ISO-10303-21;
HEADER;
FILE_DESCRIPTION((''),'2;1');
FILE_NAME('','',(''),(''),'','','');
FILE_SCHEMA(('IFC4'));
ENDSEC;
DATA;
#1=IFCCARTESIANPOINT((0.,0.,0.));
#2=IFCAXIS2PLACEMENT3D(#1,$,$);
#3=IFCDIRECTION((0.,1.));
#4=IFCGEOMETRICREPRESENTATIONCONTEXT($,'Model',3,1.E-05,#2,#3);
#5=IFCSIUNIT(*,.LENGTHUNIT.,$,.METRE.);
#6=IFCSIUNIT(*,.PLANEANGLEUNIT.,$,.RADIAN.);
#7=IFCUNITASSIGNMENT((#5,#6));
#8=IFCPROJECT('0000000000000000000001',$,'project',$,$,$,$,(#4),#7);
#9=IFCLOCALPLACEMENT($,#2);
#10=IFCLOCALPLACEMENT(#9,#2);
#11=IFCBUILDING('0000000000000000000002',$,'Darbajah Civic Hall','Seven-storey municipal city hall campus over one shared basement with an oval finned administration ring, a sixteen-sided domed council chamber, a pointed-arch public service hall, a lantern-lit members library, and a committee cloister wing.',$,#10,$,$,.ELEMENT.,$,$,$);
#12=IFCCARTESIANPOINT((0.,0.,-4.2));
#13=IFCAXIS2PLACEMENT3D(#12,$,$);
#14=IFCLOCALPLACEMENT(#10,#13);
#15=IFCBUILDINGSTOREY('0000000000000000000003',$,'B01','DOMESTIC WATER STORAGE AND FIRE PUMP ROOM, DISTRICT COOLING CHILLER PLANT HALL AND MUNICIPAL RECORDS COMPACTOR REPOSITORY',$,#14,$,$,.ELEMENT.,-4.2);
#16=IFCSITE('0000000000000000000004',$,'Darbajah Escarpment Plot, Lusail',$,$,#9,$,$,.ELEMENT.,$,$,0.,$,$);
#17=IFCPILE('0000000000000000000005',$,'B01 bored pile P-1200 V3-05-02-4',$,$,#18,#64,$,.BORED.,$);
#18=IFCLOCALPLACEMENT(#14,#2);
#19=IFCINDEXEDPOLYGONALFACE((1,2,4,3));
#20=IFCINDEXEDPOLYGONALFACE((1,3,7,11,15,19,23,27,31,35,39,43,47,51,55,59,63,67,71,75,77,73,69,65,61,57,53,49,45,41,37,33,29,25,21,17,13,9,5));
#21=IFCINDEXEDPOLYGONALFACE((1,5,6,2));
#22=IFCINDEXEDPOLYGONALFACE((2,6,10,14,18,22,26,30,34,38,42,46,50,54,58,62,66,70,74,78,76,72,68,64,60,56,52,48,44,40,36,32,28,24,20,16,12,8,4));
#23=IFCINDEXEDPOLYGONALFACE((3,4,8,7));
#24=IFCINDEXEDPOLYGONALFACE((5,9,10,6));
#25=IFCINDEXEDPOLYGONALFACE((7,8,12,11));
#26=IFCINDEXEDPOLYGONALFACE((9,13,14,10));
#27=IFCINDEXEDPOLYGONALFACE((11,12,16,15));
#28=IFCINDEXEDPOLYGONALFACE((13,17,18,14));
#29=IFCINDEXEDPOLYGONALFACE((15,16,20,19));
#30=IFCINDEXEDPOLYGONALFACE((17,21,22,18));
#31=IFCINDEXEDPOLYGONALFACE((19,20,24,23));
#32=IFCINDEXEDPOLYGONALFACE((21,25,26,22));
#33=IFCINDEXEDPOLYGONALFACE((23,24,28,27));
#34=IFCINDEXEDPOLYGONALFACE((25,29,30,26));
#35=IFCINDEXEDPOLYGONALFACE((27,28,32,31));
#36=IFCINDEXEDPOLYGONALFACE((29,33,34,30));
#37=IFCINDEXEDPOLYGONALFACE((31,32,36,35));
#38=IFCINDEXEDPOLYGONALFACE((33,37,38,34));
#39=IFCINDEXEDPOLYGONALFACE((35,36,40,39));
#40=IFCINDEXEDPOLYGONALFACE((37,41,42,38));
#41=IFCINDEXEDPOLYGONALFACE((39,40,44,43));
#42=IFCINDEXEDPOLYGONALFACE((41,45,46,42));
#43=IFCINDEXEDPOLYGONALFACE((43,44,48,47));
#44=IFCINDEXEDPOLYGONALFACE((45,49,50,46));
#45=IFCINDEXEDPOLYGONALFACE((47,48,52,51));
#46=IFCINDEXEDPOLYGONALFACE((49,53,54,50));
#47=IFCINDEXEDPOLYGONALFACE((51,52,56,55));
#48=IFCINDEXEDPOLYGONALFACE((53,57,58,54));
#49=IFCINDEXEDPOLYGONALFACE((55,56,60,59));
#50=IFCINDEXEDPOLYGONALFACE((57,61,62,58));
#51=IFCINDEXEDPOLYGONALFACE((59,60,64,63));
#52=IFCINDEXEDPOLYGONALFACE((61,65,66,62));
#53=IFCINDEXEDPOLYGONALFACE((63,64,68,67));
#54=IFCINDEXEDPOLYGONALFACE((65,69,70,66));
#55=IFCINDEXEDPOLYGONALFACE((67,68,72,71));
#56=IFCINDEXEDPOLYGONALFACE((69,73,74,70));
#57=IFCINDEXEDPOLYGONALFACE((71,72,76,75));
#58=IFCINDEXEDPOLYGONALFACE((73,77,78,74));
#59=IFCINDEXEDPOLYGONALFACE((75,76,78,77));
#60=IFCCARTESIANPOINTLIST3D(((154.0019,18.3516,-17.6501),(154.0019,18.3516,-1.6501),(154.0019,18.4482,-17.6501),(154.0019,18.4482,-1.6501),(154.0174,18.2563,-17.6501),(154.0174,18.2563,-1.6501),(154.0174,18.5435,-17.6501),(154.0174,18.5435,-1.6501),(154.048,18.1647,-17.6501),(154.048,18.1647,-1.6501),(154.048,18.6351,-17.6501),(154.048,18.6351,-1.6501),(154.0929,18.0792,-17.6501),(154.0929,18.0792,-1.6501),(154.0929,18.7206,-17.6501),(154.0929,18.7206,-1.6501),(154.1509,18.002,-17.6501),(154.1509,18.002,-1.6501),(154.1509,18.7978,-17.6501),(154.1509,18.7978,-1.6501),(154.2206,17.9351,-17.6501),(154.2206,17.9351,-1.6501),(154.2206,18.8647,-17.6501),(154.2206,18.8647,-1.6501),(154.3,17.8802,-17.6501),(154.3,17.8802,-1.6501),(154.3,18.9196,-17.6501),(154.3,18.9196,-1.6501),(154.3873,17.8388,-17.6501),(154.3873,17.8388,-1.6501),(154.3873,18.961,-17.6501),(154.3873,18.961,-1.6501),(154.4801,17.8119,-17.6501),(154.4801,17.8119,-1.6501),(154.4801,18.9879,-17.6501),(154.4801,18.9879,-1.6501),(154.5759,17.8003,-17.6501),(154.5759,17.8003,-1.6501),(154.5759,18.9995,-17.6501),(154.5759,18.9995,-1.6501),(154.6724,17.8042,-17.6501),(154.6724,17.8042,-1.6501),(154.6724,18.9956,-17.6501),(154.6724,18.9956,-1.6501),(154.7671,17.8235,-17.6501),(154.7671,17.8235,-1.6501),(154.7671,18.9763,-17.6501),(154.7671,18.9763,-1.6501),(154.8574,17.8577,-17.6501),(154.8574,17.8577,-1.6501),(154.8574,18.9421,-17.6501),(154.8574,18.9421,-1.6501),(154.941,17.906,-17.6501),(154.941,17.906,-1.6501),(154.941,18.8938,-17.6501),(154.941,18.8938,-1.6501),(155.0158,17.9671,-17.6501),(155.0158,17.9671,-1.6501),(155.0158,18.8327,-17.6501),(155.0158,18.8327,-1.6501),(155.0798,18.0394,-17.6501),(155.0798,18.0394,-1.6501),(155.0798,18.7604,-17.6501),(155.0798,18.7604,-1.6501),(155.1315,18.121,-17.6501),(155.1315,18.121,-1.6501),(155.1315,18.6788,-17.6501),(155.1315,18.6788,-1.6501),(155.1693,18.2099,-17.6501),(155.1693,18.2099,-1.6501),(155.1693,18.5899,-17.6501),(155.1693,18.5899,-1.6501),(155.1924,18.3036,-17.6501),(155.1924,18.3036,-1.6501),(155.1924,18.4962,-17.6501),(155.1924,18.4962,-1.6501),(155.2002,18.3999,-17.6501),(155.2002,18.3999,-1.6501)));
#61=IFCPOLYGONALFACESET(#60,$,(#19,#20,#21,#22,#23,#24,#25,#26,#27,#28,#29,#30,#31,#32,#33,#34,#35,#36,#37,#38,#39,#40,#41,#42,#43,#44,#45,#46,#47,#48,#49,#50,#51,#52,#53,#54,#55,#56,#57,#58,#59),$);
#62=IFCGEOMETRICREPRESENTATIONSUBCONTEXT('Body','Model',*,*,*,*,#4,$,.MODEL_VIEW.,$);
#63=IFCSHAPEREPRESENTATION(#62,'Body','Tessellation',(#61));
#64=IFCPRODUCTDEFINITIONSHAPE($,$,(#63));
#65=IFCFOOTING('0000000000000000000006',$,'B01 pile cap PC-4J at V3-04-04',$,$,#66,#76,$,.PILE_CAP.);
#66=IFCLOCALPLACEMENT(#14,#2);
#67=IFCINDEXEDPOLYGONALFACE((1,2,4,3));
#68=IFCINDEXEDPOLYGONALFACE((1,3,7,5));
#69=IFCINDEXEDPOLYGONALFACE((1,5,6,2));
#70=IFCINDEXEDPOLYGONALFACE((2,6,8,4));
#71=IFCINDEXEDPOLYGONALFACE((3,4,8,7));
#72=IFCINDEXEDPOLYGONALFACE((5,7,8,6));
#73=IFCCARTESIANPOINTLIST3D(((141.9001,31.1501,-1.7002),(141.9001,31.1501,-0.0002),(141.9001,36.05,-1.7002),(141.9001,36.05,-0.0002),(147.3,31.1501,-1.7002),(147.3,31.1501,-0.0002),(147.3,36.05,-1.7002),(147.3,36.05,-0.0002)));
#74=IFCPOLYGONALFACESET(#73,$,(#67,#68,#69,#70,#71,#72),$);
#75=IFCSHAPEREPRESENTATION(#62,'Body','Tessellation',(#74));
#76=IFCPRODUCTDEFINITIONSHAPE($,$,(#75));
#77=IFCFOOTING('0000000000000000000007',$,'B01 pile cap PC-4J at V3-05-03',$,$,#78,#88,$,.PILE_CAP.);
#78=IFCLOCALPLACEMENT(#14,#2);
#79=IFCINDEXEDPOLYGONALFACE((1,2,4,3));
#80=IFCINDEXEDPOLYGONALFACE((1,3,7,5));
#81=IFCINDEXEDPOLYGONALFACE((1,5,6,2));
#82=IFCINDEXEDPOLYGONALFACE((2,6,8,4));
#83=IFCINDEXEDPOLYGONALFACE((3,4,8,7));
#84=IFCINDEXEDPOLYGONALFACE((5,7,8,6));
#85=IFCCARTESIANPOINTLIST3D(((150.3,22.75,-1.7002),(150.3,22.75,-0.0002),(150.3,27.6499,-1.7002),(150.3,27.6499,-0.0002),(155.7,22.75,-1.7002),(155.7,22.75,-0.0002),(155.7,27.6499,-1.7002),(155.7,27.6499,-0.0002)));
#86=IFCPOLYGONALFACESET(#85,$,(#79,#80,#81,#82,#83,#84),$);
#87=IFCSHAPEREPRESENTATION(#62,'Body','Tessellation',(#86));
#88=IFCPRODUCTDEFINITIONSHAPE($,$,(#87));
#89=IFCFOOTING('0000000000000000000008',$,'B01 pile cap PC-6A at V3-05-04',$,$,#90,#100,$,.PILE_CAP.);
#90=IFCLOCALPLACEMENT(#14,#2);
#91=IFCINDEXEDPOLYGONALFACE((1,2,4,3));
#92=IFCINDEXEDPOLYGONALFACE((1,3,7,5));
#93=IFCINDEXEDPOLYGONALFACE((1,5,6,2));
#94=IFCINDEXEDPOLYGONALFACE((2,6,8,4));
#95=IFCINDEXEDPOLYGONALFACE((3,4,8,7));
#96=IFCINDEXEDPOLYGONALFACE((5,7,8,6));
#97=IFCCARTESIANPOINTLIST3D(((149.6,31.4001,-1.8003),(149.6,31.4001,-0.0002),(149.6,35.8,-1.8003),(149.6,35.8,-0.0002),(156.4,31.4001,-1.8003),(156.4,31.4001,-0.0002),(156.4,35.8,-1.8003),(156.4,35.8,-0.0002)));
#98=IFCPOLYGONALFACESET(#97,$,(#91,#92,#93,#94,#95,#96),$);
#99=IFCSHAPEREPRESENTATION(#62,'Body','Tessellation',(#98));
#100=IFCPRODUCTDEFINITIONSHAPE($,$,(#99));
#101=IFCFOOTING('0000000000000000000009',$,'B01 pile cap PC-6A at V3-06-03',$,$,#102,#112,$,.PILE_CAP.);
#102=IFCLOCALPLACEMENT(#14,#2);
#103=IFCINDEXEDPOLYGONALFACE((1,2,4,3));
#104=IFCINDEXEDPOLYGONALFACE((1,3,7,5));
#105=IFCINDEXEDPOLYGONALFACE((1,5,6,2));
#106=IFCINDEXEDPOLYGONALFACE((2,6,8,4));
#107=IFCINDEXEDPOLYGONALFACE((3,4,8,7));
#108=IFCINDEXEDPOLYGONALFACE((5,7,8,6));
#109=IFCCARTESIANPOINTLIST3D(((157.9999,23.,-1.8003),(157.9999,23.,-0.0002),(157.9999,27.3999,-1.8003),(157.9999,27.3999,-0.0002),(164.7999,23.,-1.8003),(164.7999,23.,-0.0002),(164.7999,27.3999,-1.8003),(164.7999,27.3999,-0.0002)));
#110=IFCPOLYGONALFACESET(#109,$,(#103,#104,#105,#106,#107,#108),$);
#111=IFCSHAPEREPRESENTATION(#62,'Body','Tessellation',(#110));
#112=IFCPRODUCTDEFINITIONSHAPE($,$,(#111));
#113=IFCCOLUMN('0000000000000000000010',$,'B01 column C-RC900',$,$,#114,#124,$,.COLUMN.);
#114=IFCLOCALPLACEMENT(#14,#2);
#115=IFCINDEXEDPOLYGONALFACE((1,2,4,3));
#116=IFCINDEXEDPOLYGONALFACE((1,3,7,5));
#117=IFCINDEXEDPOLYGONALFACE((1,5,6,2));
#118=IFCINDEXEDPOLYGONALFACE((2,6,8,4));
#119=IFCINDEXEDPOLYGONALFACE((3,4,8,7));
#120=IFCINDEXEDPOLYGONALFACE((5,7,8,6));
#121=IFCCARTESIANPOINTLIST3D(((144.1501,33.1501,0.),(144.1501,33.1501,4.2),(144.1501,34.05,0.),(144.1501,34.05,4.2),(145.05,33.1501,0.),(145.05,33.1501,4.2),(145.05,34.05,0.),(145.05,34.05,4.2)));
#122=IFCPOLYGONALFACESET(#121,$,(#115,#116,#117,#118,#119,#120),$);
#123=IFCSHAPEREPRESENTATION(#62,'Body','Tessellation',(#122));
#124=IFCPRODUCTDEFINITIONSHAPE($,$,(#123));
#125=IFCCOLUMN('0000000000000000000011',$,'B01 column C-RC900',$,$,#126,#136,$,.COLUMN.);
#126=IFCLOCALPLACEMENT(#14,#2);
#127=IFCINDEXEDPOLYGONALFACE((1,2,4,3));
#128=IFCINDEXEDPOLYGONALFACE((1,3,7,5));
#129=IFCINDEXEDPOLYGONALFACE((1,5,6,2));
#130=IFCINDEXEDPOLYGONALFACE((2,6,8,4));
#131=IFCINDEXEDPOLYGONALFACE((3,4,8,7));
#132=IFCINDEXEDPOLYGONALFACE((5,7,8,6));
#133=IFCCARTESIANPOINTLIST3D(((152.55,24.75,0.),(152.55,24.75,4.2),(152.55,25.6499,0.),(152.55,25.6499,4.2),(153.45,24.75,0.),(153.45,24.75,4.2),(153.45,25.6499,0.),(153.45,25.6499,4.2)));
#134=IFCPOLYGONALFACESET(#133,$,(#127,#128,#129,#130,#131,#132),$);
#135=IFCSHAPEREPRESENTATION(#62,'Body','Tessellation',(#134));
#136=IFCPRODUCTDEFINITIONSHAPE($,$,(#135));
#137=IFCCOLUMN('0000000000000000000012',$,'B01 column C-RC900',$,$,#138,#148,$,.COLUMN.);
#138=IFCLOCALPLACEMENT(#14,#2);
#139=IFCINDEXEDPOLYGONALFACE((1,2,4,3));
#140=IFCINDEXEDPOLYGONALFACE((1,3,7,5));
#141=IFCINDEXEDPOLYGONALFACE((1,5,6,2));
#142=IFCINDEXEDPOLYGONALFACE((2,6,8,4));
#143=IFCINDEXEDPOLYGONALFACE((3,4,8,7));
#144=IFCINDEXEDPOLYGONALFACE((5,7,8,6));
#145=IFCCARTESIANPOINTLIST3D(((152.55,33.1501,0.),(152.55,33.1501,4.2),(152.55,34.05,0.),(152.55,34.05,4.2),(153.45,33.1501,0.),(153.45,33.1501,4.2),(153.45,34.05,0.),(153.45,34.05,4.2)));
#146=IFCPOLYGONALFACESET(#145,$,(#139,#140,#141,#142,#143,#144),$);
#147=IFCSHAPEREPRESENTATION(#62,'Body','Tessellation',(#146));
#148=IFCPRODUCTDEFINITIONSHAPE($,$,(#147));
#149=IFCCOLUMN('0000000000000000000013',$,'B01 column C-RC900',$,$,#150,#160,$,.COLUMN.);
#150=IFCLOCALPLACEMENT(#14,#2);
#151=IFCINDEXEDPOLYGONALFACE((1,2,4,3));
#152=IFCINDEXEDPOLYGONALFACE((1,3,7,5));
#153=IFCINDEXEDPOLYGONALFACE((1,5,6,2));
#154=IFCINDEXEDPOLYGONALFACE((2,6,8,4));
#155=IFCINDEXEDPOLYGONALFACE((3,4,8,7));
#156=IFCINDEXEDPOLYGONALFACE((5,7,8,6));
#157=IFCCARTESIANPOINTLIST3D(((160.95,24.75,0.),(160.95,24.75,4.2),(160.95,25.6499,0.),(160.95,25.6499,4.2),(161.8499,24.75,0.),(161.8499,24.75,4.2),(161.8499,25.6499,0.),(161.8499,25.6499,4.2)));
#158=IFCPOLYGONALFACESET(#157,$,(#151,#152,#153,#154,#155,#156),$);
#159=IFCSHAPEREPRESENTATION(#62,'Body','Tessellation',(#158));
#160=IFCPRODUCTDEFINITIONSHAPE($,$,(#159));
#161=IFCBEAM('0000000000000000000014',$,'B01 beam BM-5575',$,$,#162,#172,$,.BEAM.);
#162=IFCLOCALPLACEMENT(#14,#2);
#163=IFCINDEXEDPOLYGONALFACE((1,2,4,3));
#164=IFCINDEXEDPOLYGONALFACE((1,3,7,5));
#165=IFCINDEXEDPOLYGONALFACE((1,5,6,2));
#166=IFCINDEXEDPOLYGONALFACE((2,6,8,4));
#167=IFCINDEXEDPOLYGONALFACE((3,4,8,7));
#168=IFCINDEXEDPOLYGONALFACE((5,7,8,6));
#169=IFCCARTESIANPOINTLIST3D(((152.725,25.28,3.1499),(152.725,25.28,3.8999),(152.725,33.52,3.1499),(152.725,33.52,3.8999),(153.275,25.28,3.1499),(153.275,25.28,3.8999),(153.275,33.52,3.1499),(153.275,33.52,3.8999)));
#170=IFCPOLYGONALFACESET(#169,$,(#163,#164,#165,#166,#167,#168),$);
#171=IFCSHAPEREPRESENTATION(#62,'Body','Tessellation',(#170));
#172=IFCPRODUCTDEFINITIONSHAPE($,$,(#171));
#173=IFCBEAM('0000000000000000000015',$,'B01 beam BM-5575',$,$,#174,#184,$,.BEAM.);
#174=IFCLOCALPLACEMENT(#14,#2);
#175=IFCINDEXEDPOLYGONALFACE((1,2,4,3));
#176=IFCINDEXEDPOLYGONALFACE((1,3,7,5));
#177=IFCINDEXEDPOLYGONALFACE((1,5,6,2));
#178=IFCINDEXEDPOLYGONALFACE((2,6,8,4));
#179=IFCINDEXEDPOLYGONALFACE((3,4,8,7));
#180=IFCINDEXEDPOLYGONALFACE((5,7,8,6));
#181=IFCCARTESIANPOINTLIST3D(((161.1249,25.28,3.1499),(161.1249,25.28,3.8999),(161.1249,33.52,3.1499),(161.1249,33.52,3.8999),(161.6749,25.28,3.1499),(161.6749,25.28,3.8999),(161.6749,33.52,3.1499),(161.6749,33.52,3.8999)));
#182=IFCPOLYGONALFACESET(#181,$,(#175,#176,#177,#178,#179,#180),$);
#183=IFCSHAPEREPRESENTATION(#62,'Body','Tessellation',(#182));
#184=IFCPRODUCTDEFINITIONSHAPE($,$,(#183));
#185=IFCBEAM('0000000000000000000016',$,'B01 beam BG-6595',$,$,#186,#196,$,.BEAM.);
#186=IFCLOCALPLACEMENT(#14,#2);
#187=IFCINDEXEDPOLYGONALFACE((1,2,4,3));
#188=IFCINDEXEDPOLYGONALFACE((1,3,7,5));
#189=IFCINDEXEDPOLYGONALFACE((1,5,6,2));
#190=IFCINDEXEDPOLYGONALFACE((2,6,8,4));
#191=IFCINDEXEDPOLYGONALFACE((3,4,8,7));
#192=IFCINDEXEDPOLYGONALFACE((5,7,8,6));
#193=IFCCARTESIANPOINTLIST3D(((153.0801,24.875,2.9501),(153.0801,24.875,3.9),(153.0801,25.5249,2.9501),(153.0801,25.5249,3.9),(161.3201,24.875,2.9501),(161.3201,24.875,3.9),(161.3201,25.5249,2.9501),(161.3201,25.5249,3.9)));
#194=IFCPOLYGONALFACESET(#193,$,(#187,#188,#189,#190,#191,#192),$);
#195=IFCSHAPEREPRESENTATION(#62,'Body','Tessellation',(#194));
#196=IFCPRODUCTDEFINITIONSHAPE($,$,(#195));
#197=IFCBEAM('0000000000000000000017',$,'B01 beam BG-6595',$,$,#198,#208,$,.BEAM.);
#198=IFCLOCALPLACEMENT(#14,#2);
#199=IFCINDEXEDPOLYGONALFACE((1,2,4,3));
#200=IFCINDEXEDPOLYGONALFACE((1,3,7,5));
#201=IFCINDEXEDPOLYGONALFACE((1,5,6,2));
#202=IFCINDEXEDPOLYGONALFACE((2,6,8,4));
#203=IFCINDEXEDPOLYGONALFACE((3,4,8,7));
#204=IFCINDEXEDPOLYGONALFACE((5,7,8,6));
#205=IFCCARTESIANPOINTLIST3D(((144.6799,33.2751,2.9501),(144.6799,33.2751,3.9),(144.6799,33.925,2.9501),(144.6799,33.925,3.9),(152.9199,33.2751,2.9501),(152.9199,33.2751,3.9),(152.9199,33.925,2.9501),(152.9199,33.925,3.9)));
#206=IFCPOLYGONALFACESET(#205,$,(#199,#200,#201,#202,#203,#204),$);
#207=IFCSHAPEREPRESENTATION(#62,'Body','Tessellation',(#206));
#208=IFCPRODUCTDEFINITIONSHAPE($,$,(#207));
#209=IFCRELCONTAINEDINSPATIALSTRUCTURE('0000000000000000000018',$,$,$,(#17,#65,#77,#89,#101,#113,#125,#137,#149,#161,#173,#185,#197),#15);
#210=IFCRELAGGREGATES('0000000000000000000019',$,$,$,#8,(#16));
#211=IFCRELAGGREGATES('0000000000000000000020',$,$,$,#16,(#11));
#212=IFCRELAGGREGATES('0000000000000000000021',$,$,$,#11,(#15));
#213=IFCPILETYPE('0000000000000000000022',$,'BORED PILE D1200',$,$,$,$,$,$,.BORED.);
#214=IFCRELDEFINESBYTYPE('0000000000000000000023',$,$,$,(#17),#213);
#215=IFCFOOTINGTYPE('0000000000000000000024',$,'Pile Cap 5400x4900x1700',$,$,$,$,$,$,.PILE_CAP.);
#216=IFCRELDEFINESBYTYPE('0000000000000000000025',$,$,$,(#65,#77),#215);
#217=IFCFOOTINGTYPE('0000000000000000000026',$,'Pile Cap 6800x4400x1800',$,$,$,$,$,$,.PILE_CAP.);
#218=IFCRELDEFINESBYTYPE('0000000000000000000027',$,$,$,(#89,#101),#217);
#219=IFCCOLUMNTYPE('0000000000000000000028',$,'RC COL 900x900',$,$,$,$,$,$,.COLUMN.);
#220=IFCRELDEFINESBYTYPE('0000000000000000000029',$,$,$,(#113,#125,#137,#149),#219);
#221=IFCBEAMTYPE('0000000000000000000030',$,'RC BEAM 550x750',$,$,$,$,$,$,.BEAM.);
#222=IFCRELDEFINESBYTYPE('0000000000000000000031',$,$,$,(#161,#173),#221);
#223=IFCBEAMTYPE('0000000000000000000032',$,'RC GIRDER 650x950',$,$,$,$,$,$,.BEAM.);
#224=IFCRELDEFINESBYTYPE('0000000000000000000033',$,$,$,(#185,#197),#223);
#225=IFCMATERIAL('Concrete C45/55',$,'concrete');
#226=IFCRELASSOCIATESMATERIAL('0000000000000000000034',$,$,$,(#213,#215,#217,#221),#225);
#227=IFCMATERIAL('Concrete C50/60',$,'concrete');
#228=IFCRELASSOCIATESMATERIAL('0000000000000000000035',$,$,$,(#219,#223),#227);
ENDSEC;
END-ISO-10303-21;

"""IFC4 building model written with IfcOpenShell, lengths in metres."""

from ifc_helpers import new_model, si_unit, direction, frame, origin, origin_2d, place, context, subcontext, project, spatial, rectangle, circle, extrude, material, material_profile, profile_set, type_object, element, save


model = new_model("IFC4")

# Units and contexts
model_context = context("Model", 3, precision=1e-05, world=origin(), true_north=direction((0.0, 1.0)))
body_context = subcontext(model_context, "Body", "Model", "MODEL_VIEW")
ifc_project = project(units=[si_unit("LENGTHUNIT", "METRE"), si_unit("PLANEANGLEUNIT", "RADIAN")], contexts=[model_context])

# Site, building, storey
site_placement = place(None, origin())
site = spatial("IfcSite", under=ifc_project, at=site_placement, Name="Darbajah Escarpment Plot, Lusail", CompositionType="ELEMENT", RefElevation=0.0)
building_placement = place(site_placement, origin())
building = spatial("IfcBuilding", under=site, at=building_placement, Name="Darbajah Civic Hall", Description="Seven-storey municipal city hall campus over one shared basement with an oval finned administration ring, a sixteen-sided domed council chamber, a pointed-arch public service hall, a lantern-lit members library, and a committee cloister wing.", CompositionType="ELEMENT")
storey_placement = place(building_placement, frame((0.0, 0.0, -4.2)))
storey = spatial("IfcBuildingStorey", under=building, at=storey_placement, Name="B01", Description="DOMESTIC WATER STORAGE AND FIRE PUMP ROOM, DISTRICT COOLING CHILLER PLANT HALL AND MUNICIPAL RECORDS COMPACTOR REPOSITORY", CompositionType="ELEMENT", Elevation=-4.2)

# Pile
ifc_material_1 = material(Name="Concrete C45/55", Category="concrete")
ifc_material_profile_1 = material_profile(ifc_material_1, circle(Radius=0.6001, at=origin_2d()), Name="BORED PILE D1200")
ifc_profile_set_1 = profile_set([ifc_material_profile_1], Name="Concrete C45/55")
pile_type_1 = type_object("IfcPileType", Name="BORED PILE D1200", PredefinedType="BORED", material=ifc_profile_set_1)
for number, where, z_axis, x_axis, name in (
    (1, (154.6001, 18.3999, -1.6501), (0.0, 0.0, -1.0), (1.0, 0.0, 0.0), "B01 bored pile P-1200 V3-05-02-4"),
):
    element("IfcPile", number, at=place(storey_placement, frame(where, z_axis=z_axis, x_axis=x_axis)), inside=storey, type_object=pile_type_1, Name=name, PredefinedType="BORED", context=body_context, shape_type="SweptSolid", body=[
        extrude(circle(Radius=0.6001, at=origin_2d()), origin(), (0.0, 0.0, 1.0), 16.0),
    ])

# Footings
footing_type_1 = type_object("IfcFootingType", Name="Pile Cap 5400x4900x1700", PredefinedType="PILE_CAP", material=ifc_material_1)
for number, where, z_axis, x_axis, name in (
    (2, (144.6001, 33.6001, -1.7002), (0.0, 0.0, 1.0), (1.0, 0.0, 0.0), "B01 pile cap PC-4J at V3-04-04"),
    (3, (153.0, 25.2, -1.7002), (0.0, 0.0, 1.0), (1.0, 0.0, 0.0), "B01 pile cap PC-4J at V3-05-03"),
):
    element("IfcFooting", number, at=place(storey_placement, frame(where, z_axis=z_axis, x_axis=x_axis)), inside=storey, type_object=footing_type_1, Name=name, PredefinedType="PILE_CAP", context=body_context, shape_type="SweptSolid", body=[
        extrude(rectangle(XDim=5.3999, YDim=4.8999, at=origin_2d()), origin(), (0.0, 0.0, 1.0), 1.7),
    ])
footing_type_2 = type_object("IfcFootingType", Name="Pile Cap 6800x4400x1800", PredefinedType="PILE_CAP", material=ifc_material_1)
for number, where, z_axis, x_axis, name in (
    (4, (153.0, 33.6001, -1.8003), (0.0, 0.0, 1.0), (1.0, 0.0, 0.0), "B01 pile cap PC-6A at V3-05-04"),
    (5, (161.3999, 25.2, -1.8003), (0.0, 0.0, 1.0), (1.0, 0.0, 0.0), "B01 pile cap PC-6A at V3-06-03"),
):
    element("IfcFooting", number, at=place(storey_placement, frame(where, z_axis=z_axis, x_axis=x_axis)), inside=storey, type_object=footing_type_2, Name=name, PredefinedType="PILE_CAP", context=body_context, shape_type="SweptSolid", body=[
        extrude(rectangle(XDim=6.8, YDim=4.3999, at=origin_2d()), origin(), (0.0, 0.0, 1.0), 1.8),
    ])

# Columns
ifc_material_2 = material(Name="Concrete C50/60", Category="concrete")
ifc_material_profile_2 = material_profile(ifc_material_2, rectangle(XDim=0.8999, YDim=0.8999, at=origin_2d()), Name="RC COL 900x900")
ifc_profile_set_2 = profile_set([ifc_material_profile_2], Name="Concrete C50/60")
column_type = type_object("IfcColumnType", Name="RC COL 900x900", PredefinedType="COLUMN", material=ifc_profile_set_2)
for number, where, z_axis, x_axis, name in (
    (6, (144.6001, 33.6001, 0.0), (0.0, 0.0, 1.0), (1.0, 0.0, 0.0), "B01 column C-RC900"),
    (7, (153.0, 25.2, 0.0), (0.0, 0.0, 1.0), (1.0, 0.0, 0.0), "B01 column C-RC900"),
    (8, (153.0, 33.6001, 0.0), (0.0, 0.0, 1.0), (1.0, 0.0, 0.0), "B01 column C-RC900"),
    (9, (161.3999, 25.2, 0.0), (0.0, 0.0, 1.0), (1.0, 0.0, 0.0), "B01 column C-RC900"),
):
    element("IfcColumn", number, at=place(storey_placement, frame(where, z_axis=z_axis, x_axis=x_axis)), inside=storey, type_object=column_type, Name=name, PredefinedType="COLUMN", context=body_context, shape_type="SweptSolid", body=[
        extrude(rectangle(XDim=0.8999, YDim=0.8999, at=origin_2d()), origin(), (0.0, 0.0, 1.0), 4.2),
    ])

# Beams
ifc_material_profile_3 = material_profile(ifc_material_1, rectangle(XDim=0.55, YDim=0.75, at=origin_2d()), Name="RC BEAM 550x750")
ifc_profile_set_3 = profile_set([ifc_material_profile_3], Name="Concrete C45/55")
beam_type_1 = type_object("IfcBeamType", Name="RC BEAM 550x750", PredefinedType="BEAM", material=ifc_profile_set_3)
for number, where, z_axis, x_axis, name in (
    (10, (153.0, 25.28, 3.5249), (0.0, 1.0, 0.0), (-1.0, 0.0, 0.0), "B01 beam BM-5575"),
    (11, (161.3999, 25.28, 3.5249), (0.0, 1.0, 0.0), (-1.0, 0.0, 0.0), "B01 beam BM-5575"),
):
    element("IfcBeam", number, at=place(storey_placement, frame(where, z_axis=z_axis, x_axis=x_axis)), inside=storey, type_object=beam_type_1, Name=name, PredefinedType="BEAM", context=body_context, shape_type="SweptSolid", body=[
        extrude(rectangle(XDim=0.55, YDim=0.75, at=origin_2d()), origin(), (0.0, 0.0, 1.0), 8.24),
    ])
ifc_material_profile_4 = material_profile(ifc_material_2, rectangle(XDim=0.6499, YDim=0.95, at=origin_2d()), Name="RC GIRDER 650x950")
ifc_profile_set_4 = profile_set([ifc_material_profile_4], Name="Concrete C50/60")
beam_type_2 = type_object("IfcBeamType", Name="RC GIRDER 650x950", PredefinedType="BEAM", material=ifc_profile_set_4)
for number, where, z_axis, x_axis, name in (
    (12, (153.0801, 25.2, 3.425), (1.0, 0.0, 0.0), (0.0, 1.0, 0.0), "B01 beam BG-6595"),
    (13, (144.6799, 33.6001, 3.425), (1.0, 0.0, 0.0), (0.0, 1.0, 0.0), "B01 beam BG-6595"),
):
    element("IfcBeam", number, at=place(storey_placement, frame(where, z_axis=z_axis, x_axis=x_axis)), inside=storey, type_object=beam_type_2, Name=name, PredefinedType="BEAM", context=body_context, shape_type="SweptSolid", body=[
        extrude(rectangle(XDim=0.6499, YDim=0.95, at=origin_2d()), origin(), (0.0, 0.0, 1.0), 8.24),
    ])

save(model, "model.ifc")
